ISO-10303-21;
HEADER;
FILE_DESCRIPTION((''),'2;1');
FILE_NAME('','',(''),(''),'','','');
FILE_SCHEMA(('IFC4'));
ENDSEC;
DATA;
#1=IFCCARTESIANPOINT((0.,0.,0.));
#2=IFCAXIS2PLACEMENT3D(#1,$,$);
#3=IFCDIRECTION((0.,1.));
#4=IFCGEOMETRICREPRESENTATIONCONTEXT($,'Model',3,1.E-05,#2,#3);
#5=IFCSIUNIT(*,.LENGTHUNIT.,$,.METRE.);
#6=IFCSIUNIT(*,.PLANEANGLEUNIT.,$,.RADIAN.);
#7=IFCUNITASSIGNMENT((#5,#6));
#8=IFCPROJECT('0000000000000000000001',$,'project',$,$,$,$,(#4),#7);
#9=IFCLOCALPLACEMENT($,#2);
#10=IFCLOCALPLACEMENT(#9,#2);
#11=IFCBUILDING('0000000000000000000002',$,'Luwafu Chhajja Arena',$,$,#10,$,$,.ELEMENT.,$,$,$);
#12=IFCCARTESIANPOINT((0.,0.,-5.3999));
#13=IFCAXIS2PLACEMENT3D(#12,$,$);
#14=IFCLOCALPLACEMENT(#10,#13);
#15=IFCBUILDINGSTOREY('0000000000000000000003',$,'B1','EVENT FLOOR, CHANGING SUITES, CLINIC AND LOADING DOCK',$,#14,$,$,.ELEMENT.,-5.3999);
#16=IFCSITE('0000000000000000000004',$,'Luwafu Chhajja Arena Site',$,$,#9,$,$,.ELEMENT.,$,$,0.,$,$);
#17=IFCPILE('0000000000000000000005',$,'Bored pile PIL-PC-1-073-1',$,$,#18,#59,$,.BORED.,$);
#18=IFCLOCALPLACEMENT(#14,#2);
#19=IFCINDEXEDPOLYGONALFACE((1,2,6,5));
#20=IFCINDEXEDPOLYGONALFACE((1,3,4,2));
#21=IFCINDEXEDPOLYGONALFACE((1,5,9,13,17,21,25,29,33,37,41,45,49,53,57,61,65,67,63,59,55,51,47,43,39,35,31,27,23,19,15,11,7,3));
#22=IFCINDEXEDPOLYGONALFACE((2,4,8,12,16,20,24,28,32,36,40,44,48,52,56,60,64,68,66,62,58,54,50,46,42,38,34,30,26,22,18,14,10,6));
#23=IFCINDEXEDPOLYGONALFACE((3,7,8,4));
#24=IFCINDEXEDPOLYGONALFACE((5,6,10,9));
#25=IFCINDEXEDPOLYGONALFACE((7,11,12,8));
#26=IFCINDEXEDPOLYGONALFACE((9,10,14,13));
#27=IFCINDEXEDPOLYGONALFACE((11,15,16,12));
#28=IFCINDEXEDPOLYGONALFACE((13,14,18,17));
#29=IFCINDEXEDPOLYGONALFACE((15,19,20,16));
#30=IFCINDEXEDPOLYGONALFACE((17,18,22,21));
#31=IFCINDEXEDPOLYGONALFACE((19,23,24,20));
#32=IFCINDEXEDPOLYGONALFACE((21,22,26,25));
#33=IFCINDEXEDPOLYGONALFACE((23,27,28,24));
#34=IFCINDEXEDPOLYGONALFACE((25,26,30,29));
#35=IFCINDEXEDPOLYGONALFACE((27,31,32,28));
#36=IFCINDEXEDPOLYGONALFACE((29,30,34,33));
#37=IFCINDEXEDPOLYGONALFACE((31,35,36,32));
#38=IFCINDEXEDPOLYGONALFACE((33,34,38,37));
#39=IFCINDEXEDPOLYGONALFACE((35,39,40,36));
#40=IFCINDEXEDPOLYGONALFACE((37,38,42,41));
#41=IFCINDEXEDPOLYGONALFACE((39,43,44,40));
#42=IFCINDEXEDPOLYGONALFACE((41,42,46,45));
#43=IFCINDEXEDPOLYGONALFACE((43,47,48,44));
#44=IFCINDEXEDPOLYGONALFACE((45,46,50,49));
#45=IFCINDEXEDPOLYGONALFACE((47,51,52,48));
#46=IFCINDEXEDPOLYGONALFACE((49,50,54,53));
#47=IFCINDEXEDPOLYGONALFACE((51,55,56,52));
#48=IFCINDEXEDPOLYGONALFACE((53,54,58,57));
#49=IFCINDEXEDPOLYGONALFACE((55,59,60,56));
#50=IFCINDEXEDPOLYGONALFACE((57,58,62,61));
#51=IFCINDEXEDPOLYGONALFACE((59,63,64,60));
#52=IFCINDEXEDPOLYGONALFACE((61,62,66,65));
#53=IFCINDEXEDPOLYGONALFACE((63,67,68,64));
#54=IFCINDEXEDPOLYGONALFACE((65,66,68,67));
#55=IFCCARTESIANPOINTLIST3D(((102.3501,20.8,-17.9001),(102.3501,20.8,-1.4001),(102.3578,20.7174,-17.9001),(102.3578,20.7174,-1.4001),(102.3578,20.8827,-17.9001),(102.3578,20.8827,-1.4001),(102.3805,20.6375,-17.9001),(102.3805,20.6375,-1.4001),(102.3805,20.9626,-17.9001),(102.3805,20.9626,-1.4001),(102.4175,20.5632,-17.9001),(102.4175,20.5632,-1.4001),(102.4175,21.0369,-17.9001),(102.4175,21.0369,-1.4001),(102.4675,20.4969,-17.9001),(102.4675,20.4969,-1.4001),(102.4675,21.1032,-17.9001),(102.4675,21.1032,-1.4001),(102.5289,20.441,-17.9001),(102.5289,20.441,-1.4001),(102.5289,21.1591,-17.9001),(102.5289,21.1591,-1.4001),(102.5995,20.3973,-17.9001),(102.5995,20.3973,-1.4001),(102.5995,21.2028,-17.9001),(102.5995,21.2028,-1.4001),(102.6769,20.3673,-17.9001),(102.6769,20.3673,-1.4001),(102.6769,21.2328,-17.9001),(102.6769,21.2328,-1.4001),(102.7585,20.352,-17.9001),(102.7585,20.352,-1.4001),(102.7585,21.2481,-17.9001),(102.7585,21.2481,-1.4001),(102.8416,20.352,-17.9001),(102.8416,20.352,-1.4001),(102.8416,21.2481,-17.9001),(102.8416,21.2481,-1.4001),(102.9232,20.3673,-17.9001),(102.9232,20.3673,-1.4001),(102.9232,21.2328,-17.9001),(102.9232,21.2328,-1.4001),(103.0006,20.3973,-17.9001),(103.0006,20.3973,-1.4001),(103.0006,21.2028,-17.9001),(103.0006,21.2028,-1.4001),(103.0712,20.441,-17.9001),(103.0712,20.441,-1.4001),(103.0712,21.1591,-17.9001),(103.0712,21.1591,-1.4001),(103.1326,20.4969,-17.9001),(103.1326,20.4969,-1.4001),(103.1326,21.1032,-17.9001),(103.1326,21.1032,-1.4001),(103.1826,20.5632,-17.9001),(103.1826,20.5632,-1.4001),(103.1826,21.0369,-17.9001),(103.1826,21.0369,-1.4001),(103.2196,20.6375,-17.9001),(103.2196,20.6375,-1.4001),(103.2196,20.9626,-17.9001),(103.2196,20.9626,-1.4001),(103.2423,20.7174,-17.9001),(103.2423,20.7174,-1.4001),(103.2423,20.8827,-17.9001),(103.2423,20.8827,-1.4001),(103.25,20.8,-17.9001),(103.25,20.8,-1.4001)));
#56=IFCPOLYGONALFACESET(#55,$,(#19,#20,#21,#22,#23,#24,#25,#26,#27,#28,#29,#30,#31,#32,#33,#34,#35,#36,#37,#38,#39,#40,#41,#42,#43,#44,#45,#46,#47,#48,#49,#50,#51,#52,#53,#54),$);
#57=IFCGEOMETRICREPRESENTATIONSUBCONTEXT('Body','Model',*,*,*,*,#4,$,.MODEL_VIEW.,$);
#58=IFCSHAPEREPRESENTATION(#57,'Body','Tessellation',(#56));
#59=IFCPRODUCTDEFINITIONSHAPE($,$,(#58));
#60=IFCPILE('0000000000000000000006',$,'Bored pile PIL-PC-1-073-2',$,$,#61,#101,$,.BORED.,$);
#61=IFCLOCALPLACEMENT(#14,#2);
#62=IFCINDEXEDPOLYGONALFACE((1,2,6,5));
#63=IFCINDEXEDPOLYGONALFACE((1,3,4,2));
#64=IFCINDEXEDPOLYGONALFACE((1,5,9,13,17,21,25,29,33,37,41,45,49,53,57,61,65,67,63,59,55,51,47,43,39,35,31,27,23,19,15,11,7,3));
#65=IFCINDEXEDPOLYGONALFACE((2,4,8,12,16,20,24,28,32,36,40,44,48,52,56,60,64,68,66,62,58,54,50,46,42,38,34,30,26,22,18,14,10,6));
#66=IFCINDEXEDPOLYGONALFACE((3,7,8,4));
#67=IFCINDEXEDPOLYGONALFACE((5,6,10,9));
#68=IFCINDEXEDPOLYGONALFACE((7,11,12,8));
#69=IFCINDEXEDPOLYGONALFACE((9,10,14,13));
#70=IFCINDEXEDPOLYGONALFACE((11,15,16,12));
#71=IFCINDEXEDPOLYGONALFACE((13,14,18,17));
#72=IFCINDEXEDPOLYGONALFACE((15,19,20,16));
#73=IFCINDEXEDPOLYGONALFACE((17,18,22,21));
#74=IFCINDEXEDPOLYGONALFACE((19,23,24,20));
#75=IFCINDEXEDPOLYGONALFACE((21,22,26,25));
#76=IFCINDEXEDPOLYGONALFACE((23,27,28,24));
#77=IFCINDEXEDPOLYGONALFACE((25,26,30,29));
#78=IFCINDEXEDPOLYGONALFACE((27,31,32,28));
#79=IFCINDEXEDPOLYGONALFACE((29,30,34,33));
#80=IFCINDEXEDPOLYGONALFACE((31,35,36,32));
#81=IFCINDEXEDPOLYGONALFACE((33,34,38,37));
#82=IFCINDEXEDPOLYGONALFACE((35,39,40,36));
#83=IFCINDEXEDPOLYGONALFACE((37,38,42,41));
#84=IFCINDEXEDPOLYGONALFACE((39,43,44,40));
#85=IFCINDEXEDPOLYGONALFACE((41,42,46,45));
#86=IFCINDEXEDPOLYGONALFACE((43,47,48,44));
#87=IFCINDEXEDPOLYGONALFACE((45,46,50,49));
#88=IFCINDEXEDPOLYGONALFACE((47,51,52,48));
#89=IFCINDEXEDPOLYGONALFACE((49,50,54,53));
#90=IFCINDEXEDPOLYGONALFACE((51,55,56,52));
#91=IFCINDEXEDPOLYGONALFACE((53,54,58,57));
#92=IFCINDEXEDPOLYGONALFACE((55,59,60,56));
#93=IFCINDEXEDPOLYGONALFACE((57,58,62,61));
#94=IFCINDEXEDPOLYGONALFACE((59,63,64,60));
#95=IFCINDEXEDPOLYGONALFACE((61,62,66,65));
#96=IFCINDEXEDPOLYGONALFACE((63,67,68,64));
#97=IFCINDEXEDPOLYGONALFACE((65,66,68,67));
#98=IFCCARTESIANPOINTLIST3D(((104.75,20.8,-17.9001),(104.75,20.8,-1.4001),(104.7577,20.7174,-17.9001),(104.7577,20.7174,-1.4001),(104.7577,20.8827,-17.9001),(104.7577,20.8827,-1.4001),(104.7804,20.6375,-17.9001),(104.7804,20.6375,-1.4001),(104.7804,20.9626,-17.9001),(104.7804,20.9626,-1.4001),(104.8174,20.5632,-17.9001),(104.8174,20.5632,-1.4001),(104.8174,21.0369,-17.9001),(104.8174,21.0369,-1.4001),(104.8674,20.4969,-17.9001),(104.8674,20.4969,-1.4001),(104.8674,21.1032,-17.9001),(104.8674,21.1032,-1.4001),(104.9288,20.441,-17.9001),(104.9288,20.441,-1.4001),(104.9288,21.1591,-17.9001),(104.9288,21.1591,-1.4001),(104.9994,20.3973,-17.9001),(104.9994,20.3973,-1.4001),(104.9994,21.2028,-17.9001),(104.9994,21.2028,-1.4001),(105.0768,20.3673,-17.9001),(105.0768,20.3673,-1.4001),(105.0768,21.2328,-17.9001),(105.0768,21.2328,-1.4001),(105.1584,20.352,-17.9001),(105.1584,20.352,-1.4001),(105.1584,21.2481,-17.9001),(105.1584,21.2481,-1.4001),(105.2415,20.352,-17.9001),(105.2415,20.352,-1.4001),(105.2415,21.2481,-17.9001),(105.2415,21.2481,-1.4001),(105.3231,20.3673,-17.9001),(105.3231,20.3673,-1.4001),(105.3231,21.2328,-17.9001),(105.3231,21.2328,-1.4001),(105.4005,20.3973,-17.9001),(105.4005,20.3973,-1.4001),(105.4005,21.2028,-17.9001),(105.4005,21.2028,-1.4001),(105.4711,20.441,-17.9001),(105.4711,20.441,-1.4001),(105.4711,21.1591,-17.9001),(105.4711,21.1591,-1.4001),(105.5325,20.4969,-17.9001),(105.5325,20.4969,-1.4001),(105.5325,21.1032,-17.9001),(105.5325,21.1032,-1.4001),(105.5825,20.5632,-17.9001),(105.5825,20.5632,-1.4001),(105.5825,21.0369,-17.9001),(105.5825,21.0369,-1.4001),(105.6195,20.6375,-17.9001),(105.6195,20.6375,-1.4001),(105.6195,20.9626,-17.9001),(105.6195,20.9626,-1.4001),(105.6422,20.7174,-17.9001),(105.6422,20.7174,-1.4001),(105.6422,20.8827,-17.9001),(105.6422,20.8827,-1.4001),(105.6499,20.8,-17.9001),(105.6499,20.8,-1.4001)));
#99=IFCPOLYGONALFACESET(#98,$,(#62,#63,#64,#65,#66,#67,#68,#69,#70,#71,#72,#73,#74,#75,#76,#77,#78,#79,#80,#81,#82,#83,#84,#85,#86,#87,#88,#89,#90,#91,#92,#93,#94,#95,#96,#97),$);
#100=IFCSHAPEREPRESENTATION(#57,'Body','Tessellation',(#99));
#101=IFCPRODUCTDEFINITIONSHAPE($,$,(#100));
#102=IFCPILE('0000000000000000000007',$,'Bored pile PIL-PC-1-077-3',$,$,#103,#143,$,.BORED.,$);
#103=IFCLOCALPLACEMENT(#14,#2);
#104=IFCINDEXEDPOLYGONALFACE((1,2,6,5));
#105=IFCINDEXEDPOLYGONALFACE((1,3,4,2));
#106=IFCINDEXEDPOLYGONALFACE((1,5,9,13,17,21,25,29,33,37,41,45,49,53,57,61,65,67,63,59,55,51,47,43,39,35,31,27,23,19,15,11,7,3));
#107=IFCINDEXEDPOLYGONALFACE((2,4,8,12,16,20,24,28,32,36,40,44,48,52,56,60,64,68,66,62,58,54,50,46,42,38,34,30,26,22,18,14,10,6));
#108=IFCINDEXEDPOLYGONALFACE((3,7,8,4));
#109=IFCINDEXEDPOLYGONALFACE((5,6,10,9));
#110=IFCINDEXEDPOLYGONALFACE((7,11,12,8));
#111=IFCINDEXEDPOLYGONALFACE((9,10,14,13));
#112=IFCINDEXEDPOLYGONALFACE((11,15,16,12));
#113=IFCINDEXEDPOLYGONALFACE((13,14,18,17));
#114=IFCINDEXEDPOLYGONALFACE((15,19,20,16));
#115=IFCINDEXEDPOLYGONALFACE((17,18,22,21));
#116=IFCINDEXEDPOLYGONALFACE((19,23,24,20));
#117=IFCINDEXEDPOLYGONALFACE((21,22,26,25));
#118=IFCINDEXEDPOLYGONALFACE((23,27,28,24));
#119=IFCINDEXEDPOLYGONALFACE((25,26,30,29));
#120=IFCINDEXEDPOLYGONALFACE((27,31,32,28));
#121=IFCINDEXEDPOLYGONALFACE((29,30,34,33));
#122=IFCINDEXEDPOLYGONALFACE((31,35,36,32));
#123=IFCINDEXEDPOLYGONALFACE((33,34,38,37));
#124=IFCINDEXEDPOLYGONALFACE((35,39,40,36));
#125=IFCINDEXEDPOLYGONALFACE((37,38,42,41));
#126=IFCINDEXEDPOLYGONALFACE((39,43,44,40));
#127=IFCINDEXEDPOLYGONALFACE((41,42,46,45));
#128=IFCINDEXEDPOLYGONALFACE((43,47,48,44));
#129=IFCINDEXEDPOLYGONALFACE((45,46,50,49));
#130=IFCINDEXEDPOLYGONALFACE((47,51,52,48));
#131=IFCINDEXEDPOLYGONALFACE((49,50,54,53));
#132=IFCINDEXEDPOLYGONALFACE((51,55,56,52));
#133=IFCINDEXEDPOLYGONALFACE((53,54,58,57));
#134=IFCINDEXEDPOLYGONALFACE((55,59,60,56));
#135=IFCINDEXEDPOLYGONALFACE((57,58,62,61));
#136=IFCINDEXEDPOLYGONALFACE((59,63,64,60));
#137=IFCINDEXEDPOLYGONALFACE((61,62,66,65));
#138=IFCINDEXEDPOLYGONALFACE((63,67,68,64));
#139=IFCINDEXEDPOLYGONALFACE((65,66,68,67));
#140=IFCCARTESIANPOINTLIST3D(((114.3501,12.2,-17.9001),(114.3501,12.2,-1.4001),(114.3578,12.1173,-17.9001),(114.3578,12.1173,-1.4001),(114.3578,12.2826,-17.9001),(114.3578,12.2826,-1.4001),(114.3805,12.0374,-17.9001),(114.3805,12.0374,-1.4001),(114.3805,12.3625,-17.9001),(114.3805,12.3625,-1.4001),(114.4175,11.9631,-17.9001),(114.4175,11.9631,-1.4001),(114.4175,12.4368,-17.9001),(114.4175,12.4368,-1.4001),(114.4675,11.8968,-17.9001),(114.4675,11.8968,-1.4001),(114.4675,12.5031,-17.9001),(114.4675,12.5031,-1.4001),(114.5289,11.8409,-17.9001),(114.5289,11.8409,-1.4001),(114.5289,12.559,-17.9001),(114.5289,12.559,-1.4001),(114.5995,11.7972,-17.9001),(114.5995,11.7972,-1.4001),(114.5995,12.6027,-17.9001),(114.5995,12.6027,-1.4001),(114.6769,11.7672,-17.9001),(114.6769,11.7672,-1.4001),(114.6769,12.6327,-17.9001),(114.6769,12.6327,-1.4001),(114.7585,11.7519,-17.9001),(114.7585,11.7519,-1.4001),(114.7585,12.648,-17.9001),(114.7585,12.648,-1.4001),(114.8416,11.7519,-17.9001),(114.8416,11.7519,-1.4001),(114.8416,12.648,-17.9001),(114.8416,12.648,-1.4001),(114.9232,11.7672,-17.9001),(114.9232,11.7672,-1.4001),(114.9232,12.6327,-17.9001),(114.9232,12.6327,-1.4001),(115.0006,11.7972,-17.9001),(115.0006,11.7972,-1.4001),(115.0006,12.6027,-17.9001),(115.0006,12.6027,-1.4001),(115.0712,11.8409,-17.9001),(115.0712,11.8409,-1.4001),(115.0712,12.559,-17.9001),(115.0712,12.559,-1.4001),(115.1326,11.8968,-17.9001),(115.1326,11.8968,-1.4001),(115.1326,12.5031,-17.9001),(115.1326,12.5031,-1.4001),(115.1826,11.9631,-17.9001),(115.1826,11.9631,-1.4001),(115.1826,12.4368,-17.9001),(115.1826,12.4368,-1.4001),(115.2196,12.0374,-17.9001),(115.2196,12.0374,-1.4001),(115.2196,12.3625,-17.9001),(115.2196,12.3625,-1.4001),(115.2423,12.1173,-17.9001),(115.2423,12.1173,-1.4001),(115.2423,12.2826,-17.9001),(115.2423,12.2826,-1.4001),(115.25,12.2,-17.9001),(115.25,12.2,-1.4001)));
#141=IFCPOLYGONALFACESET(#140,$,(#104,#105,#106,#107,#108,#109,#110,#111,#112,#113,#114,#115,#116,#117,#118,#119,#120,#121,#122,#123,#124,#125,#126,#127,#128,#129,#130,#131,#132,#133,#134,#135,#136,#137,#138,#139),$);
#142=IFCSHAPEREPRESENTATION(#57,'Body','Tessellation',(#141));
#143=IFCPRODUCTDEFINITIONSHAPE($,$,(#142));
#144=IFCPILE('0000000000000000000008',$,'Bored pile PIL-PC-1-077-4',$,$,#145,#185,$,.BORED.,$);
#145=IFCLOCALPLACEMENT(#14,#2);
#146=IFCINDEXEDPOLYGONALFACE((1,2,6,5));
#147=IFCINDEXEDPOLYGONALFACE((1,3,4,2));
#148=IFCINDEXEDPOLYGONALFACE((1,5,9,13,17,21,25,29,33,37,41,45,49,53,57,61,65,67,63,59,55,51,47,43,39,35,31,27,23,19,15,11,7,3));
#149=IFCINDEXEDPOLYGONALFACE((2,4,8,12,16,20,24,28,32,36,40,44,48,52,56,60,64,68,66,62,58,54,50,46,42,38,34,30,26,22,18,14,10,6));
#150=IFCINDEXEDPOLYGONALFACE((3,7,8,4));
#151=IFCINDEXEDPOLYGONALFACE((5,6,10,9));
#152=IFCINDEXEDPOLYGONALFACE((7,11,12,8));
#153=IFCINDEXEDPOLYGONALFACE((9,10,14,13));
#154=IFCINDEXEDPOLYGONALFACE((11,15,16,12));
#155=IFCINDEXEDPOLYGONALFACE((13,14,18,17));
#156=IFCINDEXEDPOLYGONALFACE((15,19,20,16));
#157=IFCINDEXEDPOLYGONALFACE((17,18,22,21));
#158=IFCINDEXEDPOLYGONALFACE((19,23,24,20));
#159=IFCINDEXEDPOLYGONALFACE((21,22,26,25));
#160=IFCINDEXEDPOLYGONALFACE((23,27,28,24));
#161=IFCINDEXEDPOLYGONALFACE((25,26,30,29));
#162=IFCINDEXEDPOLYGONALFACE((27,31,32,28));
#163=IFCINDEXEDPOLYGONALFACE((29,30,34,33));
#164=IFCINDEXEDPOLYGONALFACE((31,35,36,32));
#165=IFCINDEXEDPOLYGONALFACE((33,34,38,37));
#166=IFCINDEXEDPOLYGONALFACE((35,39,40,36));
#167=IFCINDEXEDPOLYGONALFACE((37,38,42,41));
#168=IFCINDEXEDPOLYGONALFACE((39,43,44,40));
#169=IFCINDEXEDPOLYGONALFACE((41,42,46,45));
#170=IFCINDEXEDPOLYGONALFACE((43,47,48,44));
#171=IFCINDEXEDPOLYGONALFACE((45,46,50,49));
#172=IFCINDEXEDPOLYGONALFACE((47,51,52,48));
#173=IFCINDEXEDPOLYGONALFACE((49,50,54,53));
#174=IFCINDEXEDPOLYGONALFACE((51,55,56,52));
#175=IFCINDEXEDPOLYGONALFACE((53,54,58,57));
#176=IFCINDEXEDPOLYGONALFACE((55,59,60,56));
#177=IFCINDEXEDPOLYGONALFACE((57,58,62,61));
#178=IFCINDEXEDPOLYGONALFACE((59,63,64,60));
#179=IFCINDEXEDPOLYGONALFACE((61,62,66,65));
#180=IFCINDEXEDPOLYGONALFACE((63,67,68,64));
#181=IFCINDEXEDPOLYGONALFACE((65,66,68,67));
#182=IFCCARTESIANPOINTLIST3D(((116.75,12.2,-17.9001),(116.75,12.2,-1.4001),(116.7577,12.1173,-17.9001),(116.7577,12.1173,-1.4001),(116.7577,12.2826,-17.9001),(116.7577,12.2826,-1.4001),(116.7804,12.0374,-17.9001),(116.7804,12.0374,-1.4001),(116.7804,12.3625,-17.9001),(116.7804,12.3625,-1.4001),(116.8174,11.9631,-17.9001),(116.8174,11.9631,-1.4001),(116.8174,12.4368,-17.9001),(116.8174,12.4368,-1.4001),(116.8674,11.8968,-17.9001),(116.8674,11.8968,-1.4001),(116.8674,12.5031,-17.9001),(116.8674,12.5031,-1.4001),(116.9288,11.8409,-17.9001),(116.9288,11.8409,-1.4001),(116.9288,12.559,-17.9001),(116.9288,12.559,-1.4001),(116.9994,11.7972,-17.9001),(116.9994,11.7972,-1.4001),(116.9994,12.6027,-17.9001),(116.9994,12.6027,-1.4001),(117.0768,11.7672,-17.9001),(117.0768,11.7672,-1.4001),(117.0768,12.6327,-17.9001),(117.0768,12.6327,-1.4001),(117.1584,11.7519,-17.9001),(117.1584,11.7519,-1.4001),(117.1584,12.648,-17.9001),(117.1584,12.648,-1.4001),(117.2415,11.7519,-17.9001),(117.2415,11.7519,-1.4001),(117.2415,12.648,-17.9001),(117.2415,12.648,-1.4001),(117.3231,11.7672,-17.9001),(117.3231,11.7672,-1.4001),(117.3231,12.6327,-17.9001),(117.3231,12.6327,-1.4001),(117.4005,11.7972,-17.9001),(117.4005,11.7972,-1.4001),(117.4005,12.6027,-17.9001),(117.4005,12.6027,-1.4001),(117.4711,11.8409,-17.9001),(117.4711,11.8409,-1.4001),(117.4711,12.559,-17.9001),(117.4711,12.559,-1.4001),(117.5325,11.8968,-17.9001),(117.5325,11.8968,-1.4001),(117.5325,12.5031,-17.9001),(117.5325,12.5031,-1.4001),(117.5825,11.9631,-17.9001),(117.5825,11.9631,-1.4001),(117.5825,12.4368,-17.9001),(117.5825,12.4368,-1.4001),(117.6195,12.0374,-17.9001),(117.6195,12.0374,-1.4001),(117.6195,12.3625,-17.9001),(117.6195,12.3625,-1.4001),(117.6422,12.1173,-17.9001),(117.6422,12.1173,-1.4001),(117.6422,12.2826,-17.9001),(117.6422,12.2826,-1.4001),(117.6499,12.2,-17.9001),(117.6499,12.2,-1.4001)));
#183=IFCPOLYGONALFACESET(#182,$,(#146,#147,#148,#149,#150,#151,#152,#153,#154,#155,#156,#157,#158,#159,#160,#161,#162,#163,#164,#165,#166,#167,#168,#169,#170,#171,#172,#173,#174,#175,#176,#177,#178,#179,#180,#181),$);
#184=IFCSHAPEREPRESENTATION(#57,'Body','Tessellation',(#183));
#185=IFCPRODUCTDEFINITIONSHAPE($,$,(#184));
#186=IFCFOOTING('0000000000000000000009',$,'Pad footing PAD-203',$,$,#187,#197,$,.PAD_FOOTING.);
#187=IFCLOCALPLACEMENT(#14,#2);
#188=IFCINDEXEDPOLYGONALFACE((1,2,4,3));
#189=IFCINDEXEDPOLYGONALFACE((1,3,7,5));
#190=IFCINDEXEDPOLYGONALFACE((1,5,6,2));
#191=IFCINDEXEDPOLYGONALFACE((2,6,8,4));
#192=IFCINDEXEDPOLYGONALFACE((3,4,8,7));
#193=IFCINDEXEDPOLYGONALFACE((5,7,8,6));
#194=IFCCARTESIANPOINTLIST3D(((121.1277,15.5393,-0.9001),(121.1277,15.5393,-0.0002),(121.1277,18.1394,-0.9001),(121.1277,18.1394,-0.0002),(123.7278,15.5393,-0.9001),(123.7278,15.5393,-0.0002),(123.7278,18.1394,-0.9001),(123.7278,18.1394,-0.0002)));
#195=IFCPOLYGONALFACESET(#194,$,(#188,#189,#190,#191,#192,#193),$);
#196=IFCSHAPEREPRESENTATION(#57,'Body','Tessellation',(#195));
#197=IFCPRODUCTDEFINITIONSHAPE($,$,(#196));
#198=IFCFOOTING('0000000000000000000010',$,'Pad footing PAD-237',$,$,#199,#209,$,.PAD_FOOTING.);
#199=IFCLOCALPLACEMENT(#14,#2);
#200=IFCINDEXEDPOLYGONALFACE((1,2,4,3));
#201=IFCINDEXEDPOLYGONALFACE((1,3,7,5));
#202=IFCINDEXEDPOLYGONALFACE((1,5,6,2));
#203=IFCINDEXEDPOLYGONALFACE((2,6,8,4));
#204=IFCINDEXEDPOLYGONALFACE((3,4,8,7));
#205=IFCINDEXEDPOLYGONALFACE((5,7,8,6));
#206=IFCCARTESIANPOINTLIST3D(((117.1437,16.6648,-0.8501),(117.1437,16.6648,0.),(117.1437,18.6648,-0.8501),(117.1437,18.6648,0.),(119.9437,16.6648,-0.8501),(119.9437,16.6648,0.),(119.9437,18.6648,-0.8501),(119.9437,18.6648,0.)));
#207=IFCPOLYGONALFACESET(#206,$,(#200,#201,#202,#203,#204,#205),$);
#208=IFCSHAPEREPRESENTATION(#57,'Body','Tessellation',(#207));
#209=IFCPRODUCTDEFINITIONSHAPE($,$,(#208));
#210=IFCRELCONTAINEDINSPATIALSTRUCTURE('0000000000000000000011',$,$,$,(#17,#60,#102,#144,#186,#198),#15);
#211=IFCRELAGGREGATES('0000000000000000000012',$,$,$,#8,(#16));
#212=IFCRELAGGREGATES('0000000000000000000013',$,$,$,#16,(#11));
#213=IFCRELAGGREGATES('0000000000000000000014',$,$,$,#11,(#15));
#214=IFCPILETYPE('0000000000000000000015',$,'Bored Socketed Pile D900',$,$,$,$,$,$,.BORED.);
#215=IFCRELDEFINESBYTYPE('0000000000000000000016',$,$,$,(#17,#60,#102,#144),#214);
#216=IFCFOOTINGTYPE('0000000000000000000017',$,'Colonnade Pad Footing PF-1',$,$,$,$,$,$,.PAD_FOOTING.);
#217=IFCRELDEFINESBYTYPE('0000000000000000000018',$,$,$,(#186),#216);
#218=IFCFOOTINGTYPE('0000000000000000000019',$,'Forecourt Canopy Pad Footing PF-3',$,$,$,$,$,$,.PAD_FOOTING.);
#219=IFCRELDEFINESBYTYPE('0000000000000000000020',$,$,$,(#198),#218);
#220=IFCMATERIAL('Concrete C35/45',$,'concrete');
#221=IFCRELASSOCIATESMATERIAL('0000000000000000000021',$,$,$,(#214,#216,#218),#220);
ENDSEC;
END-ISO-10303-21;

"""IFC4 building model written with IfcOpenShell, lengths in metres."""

from ifc_helpers import new_model, si_unit, direction, frame, origin, origin_2d, place, context, subcontext, project, spatial, rectangle, circle, extrude, material, material_profile, profile_set, type_object, element, save


model = new_model("IFC4")

# Units and contexts
model_context = context("Model", 3, precision=1e-05, world=origin(), true_north=direction((0.0, 1.0)))
body_context = subcontext(model_context, "Body", "Model", "MODEL_VIEW")
ifc_project = project(units=[si_unit("LENGTHUNIT", "METRE"), si_unit("PLANEANGLEUNIT", "RADIAN")], contexts=[model_context])

# Site, building, storey
site_placement = place(None, origin())
site = spatial("IfcSite", under=ifc_project, at=site_placement, Name="Luwafu Chhajja Arena Site", CompositionType="ELEMENT", RefElevation=0.0)
building_placement = place(site_placement, origin())
building = spatial("IfcBuilding", under=site, at=building_placement, Name="Luwafu Chhajja Arena", CompositionType="ELEMENT")
storey_placement = place(building_placement, frame((0.0, 0.0, -5.3999)))
storey = spatial("IfcBuildingStorey", under=building, at=storey_placement, Name="B1", Description="EVENT FLOOR, CHANGING SUITES, CLINIC AND LOADING DOCK", CompositionType="ELEMENT", Elevation=-5.3999)

# Shared definitions
ifc_material_1 = material(Name="Concrete C35/45", Category="concrete")

# Piles
ifc_material_profile_1 = material_profile(ifc_material_1, circle(Radius=0.45, at=origin_2d()), Name="PILE D900")
ifc_profile_set_1 = profile_set([ifc_material_profile_1], Name="Concrete C35/45")
pile_type_1 = type_object("IfcPileType", Name="Bored Socketed Pile D900", PredefinedType="BORED", material=ifc_profile_set_1)
for number, where, z_axis, x_axis, name in (
    (1, (102.8, 20.8, -1.4001), (0.0, 0.0, -1.0), (1.0, 0.0, 0.0), "Bored pile PIL-PC-1-073-1"),
    (2, (105.2, 20.8, -1.4001), (0.0, 0.0, -1.0), (1.0, 0.0, 0.0), "Bored pile PIL-PC-1-073-2"),
    (3, (114.8, 12.2, -1.4001), (0.0, 0.0, -1.0), (1.0, 0.0, 0.0), "Bored pile PIL-PC-1-077-3"),
    (4, (117.2, 12.2, -1.4001), (0.0, 0.0, -1.0), (1.0, 0.0, 0.0), "Bored pile PIL-PC-1-077-4"),
):
    element("IfcPile", number, at=place(storey_placement, frame(where, z_axis=z_axis, x_axis=x_axis)), inside=storey, type_object=pile_type_1, Name=name, PredefinedType="BORED", context=body_context, shape_type="SweptSolid", body=[
        extrude(circle(Radius=0.45, at=origin_2d()), origin(), (0.0, 0.0, 1.0), 16.5),
    ])

# Footings
footing_type_1 = type_object("IfcFootingType", Name="Colonnade Pad Footing PF-1", PredefinedType="PAD_FOOTING", material=ifc_material_1)
footing_1_placement = place(storey_placement, frame((122.4277, 16.8394, -0.9001), z_axis=(0.0, 0.0, 1.0), x_axis=(1.0, 0.0, 0.0)))
element("IfcFooting", 5, at=footing_1_placement, inside=storey, type_object=footing_type_1, Name="Pad footing PAD-203", PredefinedType="PAD_FOOTING", context=body_context, shape_type="SweptSolid", body=[
    extrude(rectangle(XDim=2.6001, YDim=2.6001, at=origin_2d()), origin(), (0.0, 0.0, 1.0), 0.8999),
])
footing_type_2 = type_object("IfcFootingType", Name="Forecourt Canopy Pad Footing PF-3", PredefinedType="PAD_FOOTING", material=ifc_material_1)
footing_2_placement = place(storey_placement, frame((118.5437, 17.6648, -0.8501), z_axis=(0.0, 0.0, 1.0), x_axis=(1.0, 0.0, 0.0)))
element("IfcFooting", 6, at=footing_2_placement, inside=storey, type_object=footing_type_2, Name="Pad footing PAD-237", PredefinedType="PAD_FOOTING", context=body_context, shape_type="SweptSolid", body=[
    extrude(rectangle(XDim=2.8, YDim=2.0, at=origin_2d()), origin(), (0.0, 0.0, 1.0), 0.8501),
])

save(model, "model.ifc")
